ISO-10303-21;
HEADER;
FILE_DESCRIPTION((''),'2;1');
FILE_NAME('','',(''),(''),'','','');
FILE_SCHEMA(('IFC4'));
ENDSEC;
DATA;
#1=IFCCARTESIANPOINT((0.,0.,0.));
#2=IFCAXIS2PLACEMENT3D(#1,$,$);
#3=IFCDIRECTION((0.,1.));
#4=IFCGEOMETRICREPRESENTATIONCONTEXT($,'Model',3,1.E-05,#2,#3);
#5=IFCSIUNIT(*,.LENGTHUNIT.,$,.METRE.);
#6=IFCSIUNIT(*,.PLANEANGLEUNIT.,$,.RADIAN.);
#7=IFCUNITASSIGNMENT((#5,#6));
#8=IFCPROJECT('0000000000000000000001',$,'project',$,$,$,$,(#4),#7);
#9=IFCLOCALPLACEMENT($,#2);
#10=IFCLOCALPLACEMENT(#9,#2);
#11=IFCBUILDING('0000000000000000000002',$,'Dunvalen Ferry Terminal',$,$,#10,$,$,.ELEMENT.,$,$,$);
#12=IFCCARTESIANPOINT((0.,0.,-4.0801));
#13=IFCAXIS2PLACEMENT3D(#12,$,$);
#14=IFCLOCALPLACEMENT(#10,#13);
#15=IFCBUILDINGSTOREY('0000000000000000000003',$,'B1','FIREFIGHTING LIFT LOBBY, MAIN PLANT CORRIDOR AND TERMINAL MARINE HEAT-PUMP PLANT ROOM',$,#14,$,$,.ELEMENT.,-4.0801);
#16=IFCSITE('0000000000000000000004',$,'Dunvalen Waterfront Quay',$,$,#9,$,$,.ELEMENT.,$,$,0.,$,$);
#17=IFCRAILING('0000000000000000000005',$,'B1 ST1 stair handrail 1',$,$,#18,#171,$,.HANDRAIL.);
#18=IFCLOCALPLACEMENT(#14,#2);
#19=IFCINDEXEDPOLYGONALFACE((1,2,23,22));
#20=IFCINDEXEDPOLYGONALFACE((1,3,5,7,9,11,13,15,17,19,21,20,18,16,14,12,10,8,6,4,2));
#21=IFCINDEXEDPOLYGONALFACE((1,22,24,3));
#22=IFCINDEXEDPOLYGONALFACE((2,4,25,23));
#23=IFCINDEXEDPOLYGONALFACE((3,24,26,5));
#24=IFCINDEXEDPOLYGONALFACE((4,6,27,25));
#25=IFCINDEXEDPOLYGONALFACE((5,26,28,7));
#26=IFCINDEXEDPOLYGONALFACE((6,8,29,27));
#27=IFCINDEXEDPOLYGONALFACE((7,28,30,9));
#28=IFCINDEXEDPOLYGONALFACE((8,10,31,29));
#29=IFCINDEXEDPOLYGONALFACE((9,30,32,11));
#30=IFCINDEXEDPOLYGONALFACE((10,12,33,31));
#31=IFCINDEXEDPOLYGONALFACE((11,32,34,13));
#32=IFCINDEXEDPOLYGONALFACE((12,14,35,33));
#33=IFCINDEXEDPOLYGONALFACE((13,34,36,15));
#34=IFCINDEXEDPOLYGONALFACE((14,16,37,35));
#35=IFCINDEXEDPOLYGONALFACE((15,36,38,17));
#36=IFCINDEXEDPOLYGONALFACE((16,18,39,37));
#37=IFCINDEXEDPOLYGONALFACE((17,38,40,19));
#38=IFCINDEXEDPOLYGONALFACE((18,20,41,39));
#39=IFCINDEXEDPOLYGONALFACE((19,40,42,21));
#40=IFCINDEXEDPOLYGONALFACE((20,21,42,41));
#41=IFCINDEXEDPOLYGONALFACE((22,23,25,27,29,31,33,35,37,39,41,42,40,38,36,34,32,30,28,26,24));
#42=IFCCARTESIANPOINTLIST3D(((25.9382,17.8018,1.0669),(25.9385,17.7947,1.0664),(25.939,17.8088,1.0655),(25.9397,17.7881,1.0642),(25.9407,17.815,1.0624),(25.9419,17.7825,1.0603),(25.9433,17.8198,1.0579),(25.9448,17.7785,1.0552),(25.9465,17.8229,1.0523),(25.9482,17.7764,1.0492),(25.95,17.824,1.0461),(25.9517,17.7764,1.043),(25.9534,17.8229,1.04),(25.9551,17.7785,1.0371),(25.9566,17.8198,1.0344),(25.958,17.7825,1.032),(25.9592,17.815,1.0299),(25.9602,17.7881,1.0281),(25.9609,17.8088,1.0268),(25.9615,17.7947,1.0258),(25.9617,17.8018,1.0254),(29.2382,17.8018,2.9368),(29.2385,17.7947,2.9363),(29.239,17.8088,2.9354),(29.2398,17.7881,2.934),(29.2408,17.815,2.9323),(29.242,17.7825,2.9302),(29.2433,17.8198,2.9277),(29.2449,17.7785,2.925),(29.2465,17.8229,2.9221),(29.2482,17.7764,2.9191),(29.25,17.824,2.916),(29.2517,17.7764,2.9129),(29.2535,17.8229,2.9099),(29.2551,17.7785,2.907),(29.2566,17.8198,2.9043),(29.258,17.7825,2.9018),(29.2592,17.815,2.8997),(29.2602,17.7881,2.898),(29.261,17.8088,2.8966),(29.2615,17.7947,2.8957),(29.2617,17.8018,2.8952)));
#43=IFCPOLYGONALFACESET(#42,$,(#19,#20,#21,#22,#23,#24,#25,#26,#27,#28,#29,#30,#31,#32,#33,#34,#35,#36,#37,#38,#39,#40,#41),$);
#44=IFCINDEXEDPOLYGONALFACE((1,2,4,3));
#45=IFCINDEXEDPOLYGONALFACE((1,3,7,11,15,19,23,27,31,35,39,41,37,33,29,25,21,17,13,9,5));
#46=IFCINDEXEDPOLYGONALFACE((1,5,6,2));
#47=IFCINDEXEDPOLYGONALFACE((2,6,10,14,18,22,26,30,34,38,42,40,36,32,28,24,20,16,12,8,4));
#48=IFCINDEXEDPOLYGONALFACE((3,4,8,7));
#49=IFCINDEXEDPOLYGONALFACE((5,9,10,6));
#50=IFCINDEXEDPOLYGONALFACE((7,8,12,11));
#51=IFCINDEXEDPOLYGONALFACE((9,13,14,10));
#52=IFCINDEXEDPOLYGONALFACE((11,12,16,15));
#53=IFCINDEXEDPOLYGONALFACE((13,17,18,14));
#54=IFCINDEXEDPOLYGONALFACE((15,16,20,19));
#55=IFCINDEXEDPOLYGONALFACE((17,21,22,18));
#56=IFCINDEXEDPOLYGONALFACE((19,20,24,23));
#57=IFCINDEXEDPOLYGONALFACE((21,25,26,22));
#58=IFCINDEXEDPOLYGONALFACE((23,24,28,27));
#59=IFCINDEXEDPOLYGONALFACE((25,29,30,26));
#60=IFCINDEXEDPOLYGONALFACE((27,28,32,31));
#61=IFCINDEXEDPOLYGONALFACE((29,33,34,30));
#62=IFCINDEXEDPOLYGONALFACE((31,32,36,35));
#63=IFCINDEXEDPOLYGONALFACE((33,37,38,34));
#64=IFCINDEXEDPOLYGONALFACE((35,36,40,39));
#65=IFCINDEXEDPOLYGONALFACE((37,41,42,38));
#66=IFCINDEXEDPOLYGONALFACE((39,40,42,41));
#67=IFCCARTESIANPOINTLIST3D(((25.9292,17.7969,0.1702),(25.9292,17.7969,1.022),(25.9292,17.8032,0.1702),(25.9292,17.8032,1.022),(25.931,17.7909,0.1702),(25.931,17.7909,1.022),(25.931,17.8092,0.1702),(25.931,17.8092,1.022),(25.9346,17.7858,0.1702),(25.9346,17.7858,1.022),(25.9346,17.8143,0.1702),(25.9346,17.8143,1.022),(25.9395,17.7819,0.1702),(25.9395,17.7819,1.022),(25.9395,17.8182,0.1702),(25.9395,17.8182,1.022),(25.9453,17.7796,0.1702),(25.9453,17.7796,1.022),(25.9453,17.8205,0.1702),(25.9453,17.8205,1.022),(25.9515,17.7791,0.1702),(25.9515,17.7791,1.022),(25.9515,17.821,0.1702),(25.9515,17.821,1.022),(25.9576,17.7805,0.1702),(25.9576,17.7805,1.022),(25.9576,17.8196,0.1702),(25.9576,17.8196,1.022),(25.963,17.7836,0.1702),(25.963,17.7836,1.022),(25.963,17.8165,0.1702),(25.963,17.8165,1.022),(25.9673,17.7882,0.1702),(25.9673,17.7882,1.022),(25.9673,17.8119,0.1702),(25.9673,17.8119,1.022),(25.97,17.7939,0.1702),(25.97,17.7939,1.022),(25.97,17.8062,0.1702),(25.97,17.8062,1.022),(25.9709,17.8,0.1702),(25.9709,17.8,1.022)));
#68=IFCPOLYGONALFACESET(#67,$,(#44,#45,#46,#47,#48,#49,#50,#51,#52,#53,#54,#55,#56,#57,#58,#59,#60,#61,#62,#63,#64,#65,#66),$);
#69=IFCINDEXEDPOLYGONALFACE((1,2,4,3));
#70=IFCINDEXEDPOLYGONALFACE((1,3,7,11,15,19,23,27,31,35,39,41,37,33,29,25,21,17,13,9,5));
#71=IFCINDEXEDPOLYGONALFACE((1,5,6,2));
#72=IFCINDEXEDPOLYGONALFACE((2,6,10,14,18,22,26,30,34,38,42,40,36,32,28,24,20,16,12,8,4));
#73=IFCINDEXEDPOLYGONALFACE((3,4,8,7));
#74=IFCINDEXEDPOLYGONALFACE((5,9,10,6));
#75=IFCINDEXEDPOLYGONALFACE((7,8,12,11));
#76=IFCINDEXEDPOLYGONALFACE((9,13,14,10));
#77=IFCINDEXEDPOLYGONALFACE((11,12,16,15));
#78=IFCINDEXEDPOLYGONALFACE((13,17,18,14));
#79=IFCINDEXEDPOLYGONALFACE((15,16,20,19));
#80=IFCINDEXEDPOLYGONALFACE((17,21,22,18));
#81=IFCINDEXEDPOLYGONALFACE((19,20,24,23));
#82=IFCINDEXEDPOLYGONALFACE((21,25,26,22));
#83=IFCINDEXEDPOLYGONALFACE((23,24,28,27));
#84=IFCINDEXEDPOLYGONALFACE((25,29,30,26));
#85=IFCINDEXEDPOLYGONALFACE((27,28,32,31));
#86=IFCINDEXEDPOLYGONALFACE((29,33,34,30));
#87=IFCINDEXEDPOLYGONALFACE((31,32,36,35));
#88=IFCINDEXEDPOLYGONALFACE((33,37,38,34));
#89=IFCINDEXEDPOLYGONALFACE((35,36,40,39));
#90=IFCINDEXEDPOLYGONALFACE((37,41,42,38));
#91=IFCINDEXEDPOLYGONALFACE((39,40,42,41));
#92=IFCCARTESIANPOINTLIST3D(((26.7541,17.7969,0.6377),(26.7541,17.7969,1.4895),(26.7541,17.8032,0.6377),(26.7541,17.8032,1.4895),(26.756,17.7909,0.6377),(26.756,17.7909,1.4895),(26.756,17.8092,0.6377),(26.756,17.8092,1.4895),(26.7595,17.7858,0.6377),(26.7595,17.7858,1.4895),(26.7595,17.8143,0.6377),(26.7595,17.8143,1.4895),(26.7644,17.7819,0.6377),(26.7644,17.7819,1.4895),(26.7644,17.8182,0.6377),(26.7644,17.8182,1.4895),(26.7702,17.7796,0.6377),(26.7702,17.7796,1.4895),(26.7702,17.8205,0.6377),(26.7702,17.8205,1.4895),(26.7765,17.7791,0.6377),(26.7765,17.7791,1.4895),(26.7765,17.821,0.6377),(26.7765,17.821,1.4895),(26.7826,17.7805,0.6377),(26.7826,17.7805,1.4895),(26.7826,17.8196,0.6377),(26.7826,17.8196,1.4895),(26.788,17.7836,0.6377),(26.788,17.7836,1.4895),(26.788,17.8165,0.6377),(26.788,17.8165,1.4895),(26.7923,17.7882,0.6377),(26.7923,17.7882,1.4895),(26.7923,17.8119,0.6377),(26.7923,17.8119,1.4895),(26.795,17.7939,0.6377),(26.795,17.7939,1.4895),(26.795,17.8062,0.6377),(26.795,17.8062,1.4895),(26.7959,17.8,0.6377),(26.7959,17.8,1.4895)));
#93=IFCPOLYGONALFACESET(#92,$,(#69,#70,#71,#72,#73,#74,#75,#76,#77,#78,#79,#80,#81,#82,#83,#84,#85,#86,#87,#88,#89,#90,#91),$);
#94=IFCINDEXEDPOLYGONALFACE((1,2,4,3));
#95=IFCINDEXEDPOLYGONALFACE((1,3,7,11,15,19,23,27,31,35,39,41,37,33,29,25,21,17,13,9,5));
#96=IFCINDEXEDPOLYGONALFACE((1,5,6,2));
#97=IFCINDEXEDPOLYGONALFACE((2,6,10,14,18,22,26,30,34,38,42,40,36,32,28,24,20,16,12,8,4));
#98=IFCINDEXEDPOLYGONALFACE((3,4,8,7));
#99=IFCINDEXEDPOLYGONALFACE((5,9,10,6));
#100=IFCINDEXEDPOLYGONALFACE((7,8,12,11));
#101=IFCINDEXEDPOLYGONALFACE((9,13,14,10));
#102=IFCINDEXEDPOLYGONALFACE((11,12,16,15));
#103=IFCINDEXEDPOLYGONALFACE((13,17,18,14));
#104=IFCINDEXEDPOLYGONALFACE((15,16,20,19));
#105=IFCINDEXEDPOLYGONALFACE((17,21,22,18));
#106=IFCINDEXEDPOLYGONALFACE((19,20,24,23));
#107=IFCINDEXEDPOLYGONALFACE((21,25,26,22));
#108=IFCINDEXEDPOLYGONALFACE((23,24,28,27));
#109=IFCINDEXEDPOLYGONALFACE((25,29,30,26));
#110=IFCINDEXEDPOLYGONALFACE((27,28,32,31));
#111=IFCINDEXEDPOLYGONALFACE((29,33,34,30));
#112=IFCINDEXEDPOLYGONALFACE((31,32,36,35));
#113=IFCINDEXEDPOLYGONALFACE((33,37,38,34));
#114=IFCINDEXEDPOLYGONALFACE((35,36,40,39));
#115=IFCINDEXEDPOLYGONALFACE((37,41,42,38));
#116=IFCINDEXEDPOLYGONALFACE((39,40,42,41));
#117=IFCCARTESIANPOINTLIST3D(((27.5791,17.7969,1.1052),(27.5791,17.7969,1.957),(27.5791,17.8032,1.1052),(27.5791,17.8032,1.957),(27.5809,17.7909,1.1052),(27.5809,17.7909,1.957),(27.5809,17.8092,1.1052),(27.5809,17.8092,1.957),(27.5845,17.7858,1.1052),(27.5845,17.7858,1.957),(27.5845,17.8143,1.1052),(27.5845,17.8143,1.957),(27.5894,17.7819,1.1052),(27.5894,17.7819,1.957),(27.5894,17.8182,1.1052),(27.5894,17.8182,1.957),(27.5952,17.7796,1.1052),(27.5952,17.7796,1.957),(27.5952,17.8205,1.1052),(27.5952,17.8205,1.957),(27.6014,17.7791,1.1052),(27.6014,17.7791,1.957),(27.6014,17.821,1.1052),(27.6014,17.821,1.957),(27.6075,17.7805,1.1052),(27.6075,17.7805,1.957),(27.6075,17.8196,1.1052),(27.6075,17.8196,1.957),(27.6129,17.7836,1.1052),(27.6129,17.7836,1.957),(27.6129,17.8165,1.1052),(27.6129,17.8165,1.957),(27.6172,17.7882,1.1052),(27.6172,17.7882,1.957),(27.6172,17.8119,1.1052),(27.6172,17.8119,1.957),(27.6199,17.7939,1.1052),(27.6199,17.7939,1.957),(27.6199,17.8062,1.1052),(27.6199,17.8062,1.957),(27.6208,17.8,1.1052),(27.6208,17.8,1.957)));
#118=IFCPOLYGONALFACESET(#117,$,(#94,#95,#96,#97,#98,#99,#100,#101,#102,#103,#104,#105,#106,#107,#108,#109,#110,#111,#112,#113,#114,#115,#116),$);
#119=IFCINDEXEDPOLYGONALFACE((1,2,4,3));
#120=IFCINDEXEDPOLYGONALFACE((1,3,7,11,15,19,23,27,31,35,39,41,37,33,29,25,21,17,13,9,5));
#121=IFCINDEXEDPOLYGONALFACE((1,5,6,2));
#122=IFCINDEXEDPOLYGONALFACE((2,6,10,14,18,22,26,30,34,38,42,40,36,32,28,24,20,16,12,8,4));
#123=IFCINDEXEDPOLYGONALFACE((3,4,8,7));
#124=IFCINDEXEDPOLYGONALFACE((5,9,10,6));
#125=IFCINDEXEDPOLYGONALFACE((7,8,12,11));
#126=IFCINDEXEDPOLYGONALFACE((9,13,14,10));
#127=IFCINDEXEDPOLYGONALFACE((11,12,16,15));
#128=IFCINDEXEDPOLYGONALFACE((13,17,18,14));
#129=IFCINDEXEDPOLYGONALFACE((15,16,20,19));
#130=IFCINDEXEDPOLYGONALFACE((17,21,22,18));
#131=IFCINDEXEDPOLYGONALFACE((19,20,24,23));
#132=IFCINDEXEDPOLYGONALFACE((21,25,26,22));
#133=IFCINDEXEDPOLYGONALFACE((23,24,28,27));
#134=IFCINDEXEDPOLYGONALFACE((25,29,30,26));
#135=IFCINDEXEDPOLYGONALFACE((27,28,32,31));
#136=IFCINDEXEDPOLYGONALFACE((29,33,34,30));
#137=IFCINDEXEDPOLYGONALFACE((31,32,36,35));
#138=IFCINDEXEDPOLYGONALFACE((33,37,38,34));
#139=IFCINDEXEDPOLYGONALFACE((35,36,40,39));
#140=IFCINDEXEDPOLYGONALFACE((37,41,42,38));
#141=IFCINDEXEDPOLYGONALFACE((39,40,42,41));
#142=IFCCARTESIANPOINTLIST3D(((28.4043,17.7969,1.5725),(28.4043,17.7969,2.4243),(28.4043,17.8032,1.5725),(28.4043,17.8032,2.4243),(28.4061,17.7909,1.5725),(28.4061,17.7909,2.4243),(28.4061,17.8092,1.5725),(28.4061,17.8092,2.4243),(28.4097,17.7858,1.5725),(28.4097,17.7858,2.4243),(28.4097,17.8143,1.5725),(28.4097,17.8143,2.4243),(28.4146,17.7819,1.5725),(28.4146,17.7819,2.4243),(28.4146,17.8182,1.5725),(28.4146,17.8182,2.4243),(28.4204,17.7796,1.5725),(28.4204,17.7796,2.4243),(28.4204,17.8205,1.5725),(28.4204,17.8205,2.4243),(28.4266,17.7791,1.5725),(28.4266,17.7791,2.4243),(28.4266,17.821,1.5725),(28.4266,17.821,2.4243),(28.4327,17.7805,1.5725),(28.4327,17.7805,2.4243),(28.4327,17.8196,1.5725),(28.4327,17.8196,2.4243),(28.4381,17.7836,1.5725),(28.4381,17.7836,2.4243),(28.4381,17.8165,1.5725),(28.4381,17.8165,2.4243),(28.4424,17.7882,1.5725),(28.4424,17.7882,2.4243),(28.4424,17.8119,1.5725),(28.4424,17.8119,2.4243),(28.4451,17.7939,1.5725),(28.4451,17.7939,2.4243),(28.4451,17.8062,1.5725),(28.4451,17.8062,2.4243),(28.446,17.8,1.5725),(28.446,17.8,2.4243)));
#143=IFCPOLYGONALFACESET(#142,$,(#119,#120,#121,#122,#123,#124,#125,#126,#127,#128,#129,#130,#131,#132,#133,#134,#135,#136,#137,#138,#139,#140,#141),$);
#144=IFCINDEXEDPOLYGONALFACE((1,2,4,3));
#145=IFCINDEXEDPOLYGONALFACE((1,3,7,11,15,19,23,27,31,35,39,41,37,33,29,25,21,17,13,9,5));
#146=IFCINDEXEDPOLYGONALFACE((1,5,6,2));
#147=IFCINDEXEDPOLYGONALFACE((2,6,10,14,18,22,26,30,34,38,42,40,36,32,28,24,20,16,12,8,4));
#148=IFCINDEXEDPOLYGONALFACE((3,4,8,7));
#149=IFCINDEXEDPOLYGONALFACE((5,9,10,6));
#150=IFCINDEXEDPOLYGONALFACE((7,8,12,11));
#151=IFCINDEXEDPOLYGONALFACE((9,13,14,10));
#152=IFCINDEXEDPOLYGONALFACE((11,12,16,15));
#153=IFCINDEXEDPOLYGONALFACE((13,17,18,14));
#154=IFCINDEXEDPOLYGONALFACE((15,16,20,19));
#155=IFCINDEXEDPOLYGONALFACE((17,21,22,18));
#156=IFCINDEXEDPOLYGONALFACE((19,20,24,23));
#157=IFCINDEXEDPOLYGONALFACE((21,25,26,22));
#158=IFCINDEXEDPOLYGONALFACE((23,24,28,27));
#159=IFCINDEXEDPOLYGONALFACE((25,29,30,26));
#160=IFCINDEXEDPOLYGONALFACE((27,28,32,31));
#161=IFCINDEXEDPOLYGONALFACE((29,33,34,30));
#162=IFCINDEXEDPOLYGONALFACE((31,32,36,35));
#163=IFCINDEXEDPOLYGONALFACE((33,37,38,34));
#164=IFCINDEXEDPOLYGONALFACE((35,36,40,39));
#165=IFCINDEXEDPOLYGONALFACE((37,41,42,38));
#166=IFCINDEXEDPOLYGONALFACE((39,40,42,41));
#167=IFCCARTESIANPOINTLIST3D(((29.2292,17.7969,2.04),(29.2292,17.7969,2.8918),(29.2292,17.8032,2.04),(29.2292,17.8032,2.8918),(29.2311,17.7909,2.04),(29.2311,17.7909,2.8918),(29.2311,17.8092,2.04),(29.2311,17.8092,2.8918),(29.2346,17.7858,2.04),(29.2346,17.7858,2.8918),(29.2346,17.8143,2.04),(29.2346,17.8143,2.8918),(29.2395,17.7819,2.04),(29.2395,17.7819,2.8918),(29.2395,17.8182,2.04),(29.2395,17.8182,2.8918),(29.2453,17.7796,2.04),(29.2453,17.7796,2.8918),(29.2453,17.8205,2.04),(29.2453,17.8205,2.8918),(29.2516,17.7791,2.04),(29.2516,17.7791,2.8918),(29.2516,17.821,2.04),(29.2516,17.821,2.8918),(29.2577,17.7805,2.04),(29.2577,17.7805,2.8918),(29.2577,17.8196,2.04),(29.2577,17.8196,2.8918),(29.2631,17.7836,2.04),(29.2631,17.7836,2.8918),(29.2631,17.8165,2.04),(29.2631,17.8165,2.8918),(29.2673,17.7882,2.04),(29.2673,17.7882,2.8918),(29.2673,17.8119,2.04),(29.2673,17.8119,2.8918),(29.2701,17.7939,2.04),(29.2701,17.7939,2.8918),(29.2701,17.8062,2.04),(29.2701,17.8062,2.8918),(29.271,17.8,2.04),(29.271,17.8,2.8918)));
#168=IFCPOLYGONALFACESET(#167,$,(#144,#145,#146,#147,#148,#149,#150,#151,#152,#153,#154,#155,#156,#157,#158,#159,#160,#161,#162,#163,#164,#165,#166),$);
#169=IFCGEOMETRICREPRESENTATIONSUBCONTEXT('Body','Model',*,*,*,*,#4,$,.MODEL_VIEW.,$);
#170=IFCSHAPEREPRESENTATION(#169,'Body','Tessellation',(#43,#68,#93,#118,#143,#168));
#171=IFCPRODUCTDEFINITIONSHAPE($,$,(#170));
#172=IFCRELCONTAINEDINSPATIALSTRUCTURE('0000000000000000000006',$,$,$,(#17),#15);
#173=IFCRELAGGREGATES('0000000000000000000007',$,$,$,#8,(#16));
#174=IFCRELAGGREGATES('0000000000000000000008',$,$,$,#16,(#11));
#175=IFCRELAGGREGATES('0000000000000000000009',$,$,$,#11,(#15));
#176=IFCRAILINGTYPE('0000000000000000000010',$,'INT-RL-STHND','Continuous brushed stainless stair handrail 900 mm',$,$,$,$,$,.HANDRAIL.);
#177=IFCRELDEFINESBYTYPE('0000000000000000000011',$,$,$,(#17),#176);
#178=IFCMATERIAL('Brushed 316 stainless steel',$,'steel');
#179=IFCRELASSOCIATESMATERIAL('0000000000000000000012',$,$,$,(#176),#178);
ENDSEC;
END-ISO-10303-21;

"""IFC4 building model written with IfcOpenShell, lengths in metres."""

from ifc_helpers import new_model, si_unit, direction, frame, origin, origin_2d, place, context, subcontext, project, spatial, circle, extrude, material, type_object, element, save


model = new_model("IFC4")

# Units and contexts
model_context = context("Model", 3, precision=1e-05, world=origin(), true_north=direction((0.0, 1.0)))
body_context = subcontext(model_context, "Body", "Model", "MODEL_VIEW")
ifc_project = project(units=[si_unit("LENGTHUNIT", "METRE"), si_unit("PLANEANGLEUNIT", "RADIAN")], contexts=[model_context])

# Site, building, storey
site_placement = place(None, origin())
site = spatial("IfcSite", under=ifc_project, at=site_placement, Name="Dunvalen Waterfront Quay", CompositionType="ELEMENT", RefElevation=0.0)
building_placement = place(site_placement, origin())
building = spatial("IfcBuilding", under=site, at=building_placement, Name="Dunvalen Ferry Terminal", CompositionType="ELEMENT")
storey_placement = place(building_placement, frame((0.0, 0.0, -4.0801)))
storey = spatial("IfcBuildingStorey", under=building, at=storey_placement, Name="B1", Description="FIREFIGHTING LIFT LOBBY, MAIN PLANT CORRIDOR AND TERMINAL MARINE HEAT-PUMP PLANT ROOM", CompositionType="ELEMENT", Elevation=-4.0801)

# Railing
ifc_material_1 = material(Name="Brushed 316 stainless steel", Category="steel")
railing_type_1 = type_object("IfcRailingType", Name="INT-RL-STHND", Description="Continuous brushed stainless stair handrail 900 mm", PredefinedType="HANDRAIL", material=ifc_material_1)
railing_1_placement = place(storey_placement, frame((25.95, 17.8, 0.1702)))
element("IfcRailing", 1, at=railing_1_placement, inside=storey, type_object=railing_type_1, Name="B1 ST1 stair handrail 1", PredefinedType="HANDRAIL", context=body_context, shape_type="SweptSolid", body=[
    extrude(circle(Radius=0.0239, at=origin_2d()), frame((0.0, 0.0, 0.876), z_axis=(0.87004, 0.0, 0.492982), x_axis=(0.0, 1.0, 0.0)), (0.0, 0.0, 1.0), 3.793),
    extrude(circle(Radius=0.021, at=origin_2d()), origin(), (0.0, 0.0, 1.0), 0.8518),
    extrude(circle(Radius=0.021, at=origin_2d()), frame((0.825, 0.0, 0.4675)), (0.0, 0.0, 1.0), 0.8518),
    extrude(circle(Radius=0.021, at=origin_2d()), frame((1.6499, 0.0, 0.9351)), (0.0, 0.0, 1.0), 0.8518),
    extrude(circle(Radius=0.021, at=origin_2d()), frame((2.4751, 0.0, 1.4023)), (0.0, 0.0, 1.0), 0.8518),
    extrude(circle(Radius=0.021, at=origin_2d()), frame((3.3, 0.0, 1.8699)), (0.0, 0.0, 1.0), 0.8518),
])

save(model, "model.ifc")
